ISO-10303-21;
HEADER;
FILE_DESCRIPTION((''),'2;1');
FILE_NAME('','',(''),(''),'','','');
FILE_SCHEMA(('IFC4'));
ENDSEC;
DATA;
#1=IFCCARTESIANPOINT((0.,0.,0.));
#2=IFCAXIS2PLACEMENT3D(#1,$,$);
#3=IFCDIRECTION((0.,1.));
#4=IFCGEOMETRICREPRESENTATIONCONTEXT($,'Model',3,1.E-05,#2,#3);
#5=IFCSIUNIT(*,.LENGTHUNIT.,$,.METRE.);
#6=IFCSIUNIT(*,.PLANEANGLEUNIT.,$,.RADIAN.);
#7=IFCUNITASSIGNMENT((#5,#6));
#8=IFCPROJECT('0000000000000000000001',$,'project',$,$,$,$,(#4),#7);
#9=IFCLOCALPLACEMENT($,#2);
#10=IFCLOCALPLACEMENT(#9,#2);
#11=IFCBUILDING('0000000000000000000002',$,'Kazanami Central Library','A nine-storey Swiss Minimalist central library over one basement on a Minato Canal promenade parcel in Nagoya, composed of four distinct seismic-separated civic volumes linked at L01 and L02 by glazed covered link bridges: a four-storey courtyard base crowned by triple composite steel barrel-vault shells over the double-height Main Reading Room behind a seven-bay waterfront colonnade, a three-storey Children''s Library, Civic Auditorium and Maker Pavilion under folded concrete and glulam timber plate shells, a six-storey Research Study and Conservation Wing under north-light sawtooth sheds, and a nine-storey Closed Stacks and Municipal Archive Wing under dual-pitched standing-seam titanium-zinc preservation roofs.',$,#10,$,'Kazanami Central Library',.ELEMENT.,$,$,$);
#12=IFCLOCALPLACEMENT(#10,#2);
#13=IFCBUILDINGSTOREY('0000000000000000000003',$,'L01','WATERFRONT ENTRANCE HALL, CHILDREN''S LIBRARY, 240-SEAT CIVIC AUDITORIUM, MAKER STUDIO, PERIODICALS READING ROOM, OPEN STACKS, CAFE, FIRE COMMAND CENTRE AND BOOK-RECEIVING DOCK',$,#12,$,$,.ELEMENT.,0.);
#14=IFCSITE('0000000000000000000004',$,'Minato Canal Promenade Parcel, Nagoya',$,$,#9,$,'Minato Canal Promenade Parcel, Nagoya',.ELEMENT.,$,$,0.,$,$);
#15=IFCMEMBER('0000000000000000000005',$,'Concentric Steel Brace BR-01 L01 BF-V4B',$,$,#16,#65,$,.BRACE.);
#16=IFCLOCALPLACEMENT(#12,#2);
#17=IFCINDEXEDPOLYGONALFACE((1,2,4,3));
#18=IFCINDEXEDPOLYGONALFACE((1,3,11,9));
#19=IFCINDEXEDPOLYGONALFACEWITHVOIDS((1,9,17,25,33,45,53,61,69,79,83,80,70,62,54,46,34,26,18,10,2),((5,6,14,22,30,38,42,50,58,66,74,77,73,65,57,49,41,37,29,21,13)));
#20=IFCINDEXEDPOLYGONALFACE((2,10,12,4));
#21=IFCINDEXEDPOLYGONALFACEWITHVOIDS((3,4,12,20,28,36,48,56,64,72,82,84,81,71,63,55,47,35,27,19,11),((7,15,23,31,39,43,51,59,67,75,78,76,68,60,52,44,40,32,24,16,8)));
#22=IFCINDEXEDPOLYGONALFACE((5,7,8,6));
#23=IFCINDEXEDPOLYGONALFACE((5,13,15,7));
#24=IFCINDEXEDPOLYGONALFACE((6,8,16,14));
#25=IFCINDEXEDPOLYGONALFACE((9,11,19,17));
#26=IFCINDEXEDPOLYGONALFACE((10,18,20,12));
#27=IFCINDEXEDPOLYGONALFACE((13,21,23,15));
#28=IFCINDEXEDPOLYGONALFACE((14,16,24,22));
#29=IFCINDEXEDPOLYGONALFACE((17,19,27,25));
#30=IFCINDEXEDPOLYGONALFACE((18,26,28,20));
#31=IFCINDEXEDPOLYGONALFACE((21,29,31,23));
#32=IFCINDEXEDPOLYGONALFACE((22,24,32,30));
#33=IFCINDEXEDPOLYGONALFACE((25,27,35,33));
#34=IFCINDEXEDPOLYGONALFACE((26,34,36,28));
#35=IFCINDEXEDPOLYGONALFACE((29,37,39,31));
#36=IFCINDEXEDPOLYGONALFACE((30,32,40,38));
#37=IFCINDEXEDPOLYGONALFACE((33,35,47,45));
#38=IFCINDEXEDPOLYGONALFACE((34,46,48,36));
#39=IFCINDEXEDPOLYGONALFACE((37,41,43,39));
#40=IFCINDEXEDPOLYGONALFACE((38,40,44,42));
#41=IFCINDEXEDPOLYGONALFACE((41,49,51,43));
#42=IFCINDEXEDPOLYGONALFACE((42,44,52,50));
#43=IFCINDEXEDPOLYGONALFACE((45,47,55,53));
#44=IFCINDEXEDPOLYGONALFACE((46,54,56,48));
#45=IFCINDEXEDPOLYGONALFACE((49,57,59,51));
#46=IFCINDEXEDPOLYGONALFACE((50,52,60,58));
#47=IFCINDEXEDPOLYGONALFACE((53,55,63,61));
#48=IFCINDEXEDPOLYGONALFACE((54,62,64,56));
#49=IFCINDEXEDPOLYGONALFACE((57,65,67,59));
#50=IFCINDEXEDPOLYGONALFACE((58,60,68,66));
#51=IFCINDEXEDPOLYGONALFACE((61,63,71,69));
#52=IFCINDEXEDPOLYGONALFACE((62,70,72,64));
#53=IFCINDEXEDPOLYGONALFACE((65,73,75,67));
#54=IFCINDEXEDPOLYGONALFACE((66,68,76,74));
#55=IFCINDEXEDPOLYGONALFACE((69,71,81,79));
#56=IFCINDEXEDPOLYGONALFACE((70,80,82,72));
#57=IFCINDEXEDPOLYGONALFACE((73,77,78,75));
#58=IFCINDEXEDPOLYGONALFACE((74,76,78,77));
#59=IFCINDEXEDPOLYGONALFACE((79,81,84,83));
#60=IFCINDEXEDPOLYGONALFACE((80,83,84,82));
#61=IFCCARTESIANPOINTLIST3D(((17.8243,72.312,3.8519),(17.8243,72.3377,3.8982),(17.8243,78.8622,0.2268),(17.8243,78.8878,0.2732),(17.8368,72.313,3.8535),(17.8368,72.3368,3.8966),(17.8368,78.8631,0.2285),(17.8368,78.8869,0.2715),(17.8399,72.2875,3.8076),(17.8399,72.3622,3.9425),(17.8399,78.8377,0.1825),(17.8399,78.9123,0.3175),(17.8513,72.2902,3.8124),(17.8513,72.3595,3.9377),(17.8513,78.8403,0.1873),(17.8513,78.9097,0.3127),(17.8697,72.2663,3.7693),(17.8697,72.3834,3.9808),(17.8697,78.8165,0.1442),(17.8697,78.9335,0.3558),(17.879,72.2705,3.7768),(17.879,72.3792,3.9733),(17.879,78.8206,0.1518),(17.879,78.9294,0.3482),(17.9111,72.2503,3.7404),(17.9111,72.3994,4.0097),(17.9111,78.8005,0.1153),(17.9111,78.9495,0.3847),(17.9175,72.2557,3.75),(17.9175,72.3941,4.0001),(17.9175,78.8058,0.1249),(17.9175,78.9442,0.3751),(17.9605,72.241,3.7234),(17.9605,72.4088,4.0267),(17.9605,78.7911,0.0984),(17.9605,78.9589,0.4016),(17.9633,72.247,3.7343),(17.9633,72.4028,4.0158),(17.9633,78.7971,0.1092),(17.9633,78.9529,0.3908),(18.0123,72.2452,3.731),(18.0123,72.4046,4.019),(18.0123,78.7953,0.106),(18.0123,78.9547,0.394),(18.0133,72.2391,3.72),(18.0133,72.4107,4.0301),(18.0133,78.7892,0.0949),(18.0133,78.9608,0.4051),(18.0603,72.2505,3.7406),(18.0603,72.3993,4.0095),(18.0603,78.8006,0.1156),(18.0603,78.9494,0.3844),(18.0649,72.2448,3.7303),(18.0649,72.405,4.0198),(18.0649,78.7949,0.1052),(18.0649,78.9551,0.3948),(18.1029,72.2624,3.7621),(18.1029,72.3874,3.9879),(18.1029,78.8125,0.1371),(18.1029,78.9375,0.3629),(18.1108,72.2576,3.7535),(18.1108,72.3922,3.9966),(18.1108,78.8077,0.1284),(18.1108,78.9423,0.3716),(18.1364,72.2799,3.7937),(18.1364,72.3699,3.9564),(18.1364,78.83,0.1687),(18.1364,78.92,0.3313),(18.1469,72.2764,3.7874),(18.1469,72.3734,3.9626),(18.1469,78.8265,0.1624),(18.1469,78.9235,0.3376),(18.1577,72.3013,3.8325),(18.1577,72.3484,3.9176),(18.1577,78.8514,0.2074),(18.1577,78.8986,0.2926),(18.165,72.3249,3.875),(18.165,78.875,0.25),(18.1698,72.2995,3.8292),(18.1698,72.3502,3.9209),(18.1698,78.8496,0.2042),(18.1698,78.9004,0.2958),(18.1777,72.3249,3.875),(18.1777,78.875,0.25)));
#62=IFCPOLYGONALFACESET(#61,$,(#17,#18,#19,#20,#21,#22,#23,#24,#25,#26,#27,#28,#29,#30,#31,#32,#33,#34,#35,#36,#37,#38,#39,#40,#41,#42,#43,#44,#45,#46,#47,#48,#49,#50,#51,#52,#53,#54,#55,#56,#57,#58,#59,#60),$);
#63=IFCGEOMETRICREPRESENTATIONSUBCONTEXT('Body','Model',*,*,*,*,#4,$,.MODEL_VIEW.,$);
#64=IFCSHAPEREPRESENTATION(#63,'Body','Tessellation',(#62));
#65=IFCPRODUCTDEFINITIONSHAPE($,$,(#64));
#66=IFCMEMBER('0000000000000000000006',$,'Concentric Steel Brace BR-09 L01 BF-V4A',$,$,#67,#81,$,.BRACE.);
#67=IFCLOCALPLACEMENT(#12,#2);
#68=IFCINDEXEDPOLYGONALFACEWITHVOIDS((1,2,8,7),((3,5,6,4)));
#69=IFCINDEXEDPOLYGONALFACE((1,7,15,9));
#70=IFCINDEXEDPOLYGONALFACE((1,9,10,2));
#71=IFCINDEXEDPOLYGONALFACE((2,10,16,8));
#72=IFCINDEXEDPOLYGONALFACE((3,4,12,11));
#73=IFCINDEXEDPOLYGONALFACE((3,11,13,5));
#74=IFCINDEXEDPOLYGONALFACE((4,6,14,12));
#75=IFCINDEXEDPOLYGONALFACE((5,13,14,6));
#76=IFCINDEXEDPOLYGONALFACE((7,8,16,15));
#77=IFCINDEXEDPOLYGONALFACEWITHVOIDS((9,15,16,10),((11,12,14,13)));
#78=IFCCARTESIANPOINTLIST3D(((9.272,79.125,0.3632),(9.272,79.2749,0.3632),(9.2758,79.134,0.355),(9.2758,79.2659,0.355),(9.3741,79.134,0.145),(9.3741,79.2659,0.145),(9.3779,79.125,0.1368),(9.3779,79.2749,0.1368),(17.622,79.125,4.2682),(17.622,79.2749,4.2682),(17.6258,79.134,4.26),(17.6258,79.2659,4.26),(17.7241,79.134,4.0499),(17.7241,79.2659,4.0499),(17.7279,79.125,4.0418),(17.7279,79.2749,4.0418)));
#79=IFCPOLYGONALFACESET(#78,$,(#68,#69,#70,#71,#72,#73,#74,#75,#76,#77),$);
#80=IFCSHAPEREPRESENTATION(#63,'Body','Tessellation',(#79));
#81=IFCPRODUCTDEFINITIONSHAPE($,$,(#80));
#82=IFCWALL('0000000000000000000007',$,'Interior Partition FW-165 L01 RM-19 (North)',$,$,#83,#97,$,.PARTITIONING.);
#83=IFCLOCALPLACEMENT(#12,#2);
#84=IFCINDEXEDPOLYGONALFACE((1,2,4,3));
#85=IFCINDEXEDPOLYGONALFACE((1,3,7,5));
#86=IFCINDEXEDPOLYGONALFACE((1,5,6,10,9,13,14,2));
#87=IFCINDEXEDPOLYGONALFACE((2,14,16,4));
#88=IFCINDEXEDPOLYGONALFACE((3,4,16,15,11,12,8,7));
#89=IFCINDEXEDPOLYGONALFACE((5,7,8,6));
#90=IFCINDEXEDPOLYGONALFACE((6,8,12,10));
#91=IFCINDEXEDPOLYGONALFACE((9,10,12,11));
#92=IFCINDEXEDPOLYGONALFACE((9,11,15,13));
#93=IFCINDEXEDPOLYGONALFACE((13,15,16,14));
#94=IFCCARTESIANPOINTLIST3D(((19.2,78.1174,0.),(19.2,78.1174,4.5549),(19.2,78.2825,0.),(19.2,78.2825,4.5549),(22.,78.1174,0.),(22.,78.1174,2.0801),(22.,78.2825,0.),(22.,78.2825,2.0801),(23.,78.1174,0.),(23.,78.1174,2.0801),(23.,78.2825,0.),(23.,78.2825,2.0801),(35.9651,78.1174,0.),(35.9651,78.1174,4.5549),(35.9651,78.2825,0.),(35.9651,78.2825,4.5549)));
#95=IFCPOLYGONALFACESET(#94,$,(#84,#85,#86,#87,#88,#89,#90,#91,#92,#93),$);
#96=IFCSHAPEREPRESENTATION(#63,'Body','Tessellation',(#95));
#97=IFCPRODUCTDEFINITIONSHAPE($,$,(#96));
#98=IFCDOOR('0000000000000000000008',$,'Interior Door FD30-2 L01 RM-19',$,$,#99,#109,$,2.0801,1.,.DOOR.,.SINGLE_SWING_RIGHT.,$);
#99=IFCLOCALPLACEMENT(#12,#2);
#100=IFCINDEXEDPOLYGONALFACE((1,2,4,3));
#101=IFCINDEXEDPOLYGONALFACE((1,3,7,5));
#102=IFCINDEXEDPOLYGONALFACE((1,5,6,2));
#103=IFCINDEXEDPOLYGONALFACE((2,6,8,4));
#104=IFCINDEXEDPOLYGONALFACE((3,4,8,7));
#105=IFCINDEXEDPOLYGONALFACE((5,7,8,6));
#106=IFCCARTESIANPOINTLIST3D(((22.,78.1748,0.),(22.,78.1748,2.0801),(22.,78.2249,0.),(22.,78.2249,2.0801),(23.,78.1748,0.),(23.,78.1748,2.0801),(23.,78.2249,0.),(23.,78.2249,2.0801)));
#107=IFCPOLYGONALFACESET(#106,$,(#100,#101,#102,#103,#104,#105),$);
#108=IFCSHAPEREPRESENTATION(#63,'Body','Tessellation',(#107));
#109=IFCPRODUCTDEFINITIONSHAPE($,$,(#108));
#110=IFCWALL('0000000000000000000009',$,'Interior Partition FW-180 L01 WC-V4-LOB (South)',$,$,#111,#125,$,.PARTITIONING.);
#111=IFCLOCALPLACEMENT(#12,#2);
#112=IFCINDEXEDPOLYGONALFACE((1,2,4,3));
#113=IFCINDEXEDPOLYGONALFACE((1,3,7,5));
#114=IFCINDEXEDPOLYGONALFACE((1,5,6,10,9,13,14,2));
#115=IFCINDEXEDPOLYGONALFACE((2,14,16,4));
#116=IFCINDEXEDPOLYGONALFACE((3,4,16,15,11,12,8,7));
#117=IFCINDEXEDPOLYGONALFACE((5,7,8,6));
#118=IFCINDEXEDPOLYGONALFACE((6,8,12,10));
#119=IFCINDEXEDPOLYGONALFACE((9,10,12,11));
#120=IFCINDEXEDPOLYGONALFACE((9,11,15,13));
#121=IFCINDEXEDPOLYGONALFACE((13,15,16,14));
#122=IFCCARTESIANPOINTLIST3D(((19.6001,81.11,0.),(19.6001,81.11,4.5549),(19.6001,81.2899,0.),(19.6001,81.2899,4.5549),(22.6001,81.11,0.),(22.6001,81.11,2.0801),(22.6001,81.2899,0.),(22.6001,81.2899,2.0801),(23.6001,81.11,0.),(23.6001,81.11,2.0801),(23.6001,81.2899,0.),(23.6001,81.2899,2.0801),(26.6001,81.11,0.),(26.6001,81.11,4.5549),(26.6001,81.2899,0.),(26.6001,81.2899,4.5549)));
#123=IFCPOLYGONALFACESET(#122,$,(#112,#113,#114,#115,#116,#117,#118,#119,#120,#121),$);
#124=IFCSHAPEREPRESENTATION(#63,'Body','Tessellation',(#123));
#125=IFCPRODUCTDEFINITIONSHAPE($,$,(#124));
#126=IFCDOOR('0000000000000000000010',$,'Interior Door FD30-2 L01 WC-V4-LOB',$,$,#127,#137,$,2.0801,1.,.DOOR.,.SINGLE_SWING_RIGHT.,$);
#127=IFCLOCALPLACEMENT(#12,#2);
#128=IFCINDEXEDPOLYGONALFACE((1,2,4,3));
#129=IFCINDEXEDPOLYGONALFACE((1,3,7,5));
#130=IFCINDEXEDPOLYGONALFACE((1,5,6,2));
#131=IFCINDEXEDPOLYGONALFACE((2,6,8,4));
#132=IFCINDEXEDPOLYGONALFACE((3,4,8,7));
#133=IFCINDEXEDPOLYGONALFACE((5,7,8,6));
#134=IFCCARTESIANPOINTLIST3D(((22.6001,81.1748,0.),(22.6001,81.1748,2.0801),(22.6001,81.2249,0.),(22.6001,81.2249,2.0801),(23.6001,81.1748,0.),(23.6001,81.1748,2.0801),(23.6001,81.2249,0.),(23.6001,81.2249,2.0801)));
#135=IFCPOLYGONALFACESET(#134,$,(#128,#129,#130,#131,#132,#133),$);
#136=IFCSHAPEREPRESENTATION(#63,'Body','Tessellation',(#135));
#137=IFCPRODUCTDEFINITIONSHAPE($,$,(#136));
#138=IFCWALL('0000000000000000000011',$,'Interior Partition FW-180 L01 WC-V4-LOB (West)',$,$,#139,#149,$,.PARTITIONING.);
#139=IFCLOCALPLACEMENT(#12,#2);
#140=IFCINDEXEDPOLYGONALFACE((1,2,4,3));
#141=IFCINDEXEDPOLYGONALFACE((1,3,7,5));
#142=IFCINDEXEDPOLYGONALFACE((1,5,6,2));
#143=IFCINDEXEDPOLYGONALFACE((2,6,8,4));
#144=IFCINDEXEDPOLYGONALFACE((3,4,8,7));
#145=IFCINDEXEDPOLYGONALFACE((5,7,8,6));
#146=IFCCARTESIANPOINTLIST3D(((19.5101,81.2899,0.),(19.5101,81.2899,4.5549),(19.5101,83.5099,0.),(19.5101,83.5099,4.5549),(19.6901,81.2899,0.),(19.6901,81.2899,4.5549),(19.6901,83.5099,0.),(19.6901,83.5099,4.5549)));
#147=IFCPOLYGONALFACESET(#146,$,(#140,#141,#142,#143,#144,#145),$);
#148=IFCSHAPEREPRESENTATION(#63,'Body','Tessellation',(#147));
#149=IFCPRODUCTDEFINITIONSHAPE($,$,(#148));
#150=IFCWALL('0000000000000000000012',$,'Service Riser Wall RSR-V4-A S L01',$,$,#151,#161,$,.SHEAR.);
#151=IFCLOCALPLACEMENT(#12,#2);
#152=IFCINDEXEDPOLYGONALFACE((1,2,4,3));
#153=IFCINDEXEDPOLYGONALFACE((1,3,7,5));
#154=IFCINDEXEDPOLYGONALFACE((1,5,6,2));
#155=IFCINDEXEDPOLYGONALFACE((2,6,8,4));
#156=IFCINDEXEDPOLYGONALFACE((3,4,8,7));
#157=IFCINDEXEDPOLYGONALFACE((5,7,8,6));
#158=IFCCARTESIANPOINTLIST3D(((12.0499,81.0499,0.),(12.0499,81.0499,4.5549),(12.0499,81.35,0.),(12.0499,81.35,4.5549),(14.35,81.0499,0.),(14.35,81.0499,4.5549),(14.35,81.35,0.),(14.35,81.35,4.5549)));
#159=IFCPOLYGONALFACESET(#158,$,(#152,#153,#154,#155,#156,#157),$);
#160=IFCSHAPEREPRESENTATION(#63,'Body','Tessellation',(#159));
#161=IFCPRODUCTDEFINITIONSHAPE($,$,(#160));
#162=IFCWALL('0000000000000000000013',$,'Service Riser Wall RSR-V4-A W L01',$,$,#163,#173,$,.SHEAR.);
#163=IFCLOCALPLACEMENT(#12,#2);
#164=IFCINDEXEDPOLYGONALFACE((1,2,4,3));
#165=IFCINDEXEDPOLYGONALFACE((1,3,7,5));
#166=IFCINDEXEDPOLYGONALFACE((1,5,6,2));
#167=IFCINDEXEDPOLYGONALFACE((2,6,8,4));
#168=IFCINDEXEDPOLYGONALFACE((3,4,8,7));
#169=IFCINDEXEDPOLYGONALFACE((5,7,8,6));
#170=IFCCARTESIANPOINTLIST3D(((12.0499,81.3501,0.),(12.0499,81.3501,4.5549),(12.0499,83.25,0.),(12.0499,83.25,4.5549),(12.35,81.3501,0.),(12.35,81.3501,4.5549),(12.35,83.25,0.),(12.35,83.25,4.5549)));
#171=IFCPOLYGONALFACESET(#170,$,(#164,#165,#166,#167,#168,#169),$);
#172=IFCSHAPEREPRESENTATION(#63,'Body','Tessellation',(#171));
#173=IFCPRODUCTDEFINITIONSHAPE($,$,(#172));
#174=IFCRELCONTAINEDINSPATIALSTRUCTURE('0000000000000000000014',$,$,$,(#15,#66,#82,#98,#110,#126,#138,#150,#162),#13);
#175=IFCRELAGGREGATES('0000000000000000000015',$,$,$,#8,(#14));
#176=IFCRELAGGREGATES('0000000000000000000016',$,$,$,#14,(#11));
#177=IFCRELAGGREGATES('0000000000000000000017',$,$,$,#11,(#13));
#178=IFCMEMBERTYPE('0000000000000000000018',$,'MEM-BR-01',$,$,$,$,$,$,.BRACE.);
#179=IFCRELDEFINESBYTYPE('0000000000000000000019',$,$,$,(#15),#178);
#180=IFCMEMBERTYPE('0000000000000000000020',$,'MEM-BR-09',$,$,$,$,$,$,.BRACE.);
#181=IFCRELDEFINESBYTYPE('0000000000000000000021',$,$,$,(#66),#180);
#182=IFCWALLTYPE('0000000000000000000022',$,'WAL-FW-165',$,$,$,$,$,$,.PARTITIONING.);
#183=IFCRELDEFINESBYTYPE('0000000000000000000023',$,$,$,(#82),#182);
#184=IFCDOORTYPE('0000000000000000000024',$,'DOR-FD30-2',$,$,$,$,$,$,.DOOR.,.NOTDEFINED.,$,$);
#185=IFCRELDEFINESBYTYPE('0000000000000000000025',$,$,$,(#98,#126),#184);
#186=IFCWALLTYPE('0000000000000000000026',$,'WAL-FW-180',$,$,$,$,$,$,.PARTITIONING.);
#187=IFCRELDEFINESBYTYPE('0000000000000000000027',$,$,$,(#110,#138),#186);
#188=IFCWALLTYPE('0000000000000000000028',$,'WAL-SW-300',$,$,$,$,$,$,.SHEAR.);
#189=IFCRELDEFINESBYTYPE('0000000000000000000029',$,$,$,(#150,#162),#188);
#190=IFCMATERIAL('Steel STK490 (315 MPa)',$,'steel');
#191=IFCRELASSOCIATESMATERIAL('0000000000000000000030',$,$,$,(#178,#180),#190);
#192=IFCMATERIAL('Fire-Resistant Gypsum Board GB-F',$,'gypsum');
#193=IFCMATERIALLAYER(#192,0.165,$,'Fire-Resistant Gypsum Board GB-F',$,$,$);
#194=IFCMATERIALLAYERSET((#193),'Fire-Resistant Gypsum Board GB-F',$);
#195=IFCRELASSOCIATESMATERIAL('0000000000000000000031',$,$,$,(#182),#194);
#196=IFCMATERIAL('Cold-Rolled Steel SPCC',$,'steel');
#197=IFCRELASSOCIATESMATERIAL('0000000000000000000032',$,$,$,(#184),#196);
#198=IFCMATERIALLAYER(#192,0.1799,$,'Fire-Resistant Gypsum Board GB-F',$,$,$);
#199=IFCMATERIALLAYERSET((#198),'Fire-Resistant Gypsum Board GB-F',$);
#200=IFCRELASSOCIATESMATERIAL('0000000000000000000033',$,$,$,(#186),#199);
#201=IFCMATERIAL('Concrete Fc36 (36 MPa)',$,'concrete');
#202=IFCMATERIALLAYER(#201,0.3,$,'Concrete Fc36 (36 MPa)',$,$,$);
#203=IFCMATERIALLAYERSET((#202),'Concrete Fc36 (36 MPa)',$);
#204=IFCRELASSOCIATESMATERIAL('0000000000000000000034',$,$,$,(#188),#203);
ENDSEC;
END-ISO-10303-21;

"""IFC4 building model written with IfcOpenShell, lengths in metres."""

from ifc_helpers import new_model, si_unit, direction, frame, frame_2d, origin, origin_2d, place, context, subcontext, project, spatial, rectangle, hollow_rectangle, hollow_circle, extrude, material, layer, layer_set, material_profile, profile_set, type_object, element, fill, save


model = new_model("IFC4")

# Units and contexts
model_context = context("Model", 3, precision=1e-05, world=origin(), true_north=direction((0.0, 1.0)))
body_context = subcontext(model_context, "Body", "Model", "MODEL_VIEW")
ifc_project = project(units=[si_unit("LENGTHUNIT", "METRE"), si_unit("PLANEANGLEUNIT", "RADIAN")], contexts=[model_context])

# Site, building, storey
site_placement = place(None, origin())
site = spatial("IfcSite", under=ifc_project, at=site_placement, Name="Minato Canal Promenade Parcel, Nagoya", LongName="Minato Canal Promenade Parcel, Nagoya", CompositionType="ELEMENT", RefElevation=0.0)
building_placement = place(site_placement, origin())
building = spatial("IfcBuilding", under=site, at=building_placement, Name="Kazanami Central Library", Description="A nine-storey Swiss Minimalist central library over one basement on a Minato Canal promenade parcel in Nagoya, composed of four distinct seismic-separated civic volumes linked at L01 and L02 by glazed covered link bridges: a four-storey courtyard base crowned by triple composite steel barrel-vault shells over the double-height Main Reading Room behind a seven-bay waterfront colonnade, a three-storey Children's Library, Civic Auditorium and Maker Pavilion under folded concrete and glulam timber plate shells, a six-storey Research Study and Conservation Wing under north-light sawtooth sheds, and a nine-storey Closed Stacks and Municipal Archive Wing under dual-pitched standing-seam titanium-zinc preservation roofs.", LongName="Kazanami Central Library", CompositionType="ELEMENT")
storey_placement = place(building_placement, origin())
storey = spatial("IfcBuildingStorey", under=building, at=storey_placement, Name="L01", Description="WATERFRONT ENTRANCE HALL, CHILDREN'S LIBRARY, 240-SEAT CIVIC AUDITORIUM, MAKER STUDIO, PERIODICALS READING ROOM, OPEN STACKS, CAFE, FIRE COMMAND CENTRE AND BOOK-RECEIVING DOCK", CompositionType="ELEMENT", Elevation=0.0)

# Members
ifc_material_1 = material(Name="Steel STK490 (315 MPa)", Category="steel")
ifc_material_profile_1 = material_profile(ifc_material_1, hollow_circle(Radius=0.1777, WallThickness=0.0127, at=origin_2d()), Name="CHS-355.6x12.7")
ifc_profile_set_1 = profile_set([ifc_material_profile_1], Name="Steel STK490 (315 MPa)")
member_type_1 = type_object("IfcMemberType", Name="MEM-BR-01", PredefinedType="BRACE", material=ifc_profile_set_1)
member_1_placement = place(storey_placement, frame((18.0, 78.875, 0.25), z_axis=(0.0, -0.874945, 0.484222), x_axis=(1.0, 0.0, 0.0)))
element("IfcMember", 1, at=member_1_placement, inside=storey, type_object=member_type_1, Name="Concentric Steel Brace BR-01 L01 BF-V4B", PredefinedType="BRACE", context=body_context, shape_type="SweptSolid", body=[
    extrude(hollow_circle(Radius=0.1777, WallThickness=0.0127, at=origin_2d()), origin(), (0.0, 0.0, 1.0), 7.4863),
])
ifc_material_profile_2 = material_profile(ifc_material_1, hollow_rectangle(XDim=0.1499, YDim=0.25, WallThickness=0.009, at=origin_2d()), Name="STKR-250x150x9")
ifc_profile_set_2 = profile_set([ifc_material_profile_2], Name="Steel STK490 (315 MPa)")
member_type_2 = type_object("IfcMemberType", Name="MEM-BR-09", PredefinedType="BRACE", material=ifc_profile_set_2)
member_2_placement = place(storey_placement, frame((9.325, 79.2, 0.25), z_axis=(0.905837, 0.0, 0.423626), x_axis=(0.0, 1.0, 0.0)))
element("IfcMember", 2, at=member_2_placement, inside=storey, type_object=member_type_2, Name="Concentric Steel Brace BR-09 L01 BF-V4A", PredefinedType="BRACE", context=body_context, shape_type="SweptSolid", body=[
    extrude(hollow_rectangle(XDim=0.1499, YDim=0.25, WallThickness=0.009, at=origin_2d()), origin(), (0.0, 0.0, 1.0), 9.218),
])

# Walls, openings, doors
ifc_material_2 = material(Name="Fire-Resistant Gypsum Board GB-F", Category="gypsum")
ifc_layer_1 = layer(ifc_material_2, 0.165, Name="Fire-Resistant Gypsum Board GB-F")
ifc_layer_set_1 = layer_set([ifc_layer_1], Name="Fire-Resistant Gypsum Board GB-F")
wall_type_1 = type_object("IfcWallType", Name="WAL-FW-165", PredefinedType="PARTITIONING", material=ifc_layer_set_1)
wall_1_placement = place(storey_placement, frame((19.2, 78.2, 0.0), z_axis=(0.0, 0.0, 1.0), x_axis=(1.0, 0.0, 0.0)))
wall_1 = element("IfcWall", 3, at=wall_1_placement, inside=storey, type_object=wall_type_1, Name="Interior Partition FW-165 L01 RM-19 (North)", PredefinedType="PARTITIONING", context=body_context, shape_type="SweptSolid", body=[
    extrude(rectangle(XDim=16.7651, YDim=0.165, at=frame_2d((8.3826, 0.0))), origin(), (0.0, 0.0, 1.0), 4.5549),
])
opening_1_placement = place(wall_1_placement, frame((2.8, 0.0, 0.0)))
opening_1 = element("IfcOpeningElement", 4, at=opening_1_placement, cuts=wall_1, PredefinedType="OPENING", context=body_context, shape_type="SweptSolid", body=[
    extrude(rectangle(XDim=1.0, YDim=2.0801, at=frame_2d((0.5, 1.04))), frame((0.0, 0.0945, 0.0), z_axis=(0.0, -1.0, 0.0), x_axis=(1.0, 0.0, 0.0)), (0.0, 0.0, 1.0), 0.189),
])
ifc_material_3 = material(Name="Cold-Rolled Steel SPCC", Category="steel")
door_type_1 = type_object("IfcDoorType", Name="DOR-FD30-2", OperationType="NOTDEFINED", PredefinedType="DOOR", material=ifc_material_3)
door_1_placement = place(opening_1_placement, origin())
door_1 = element("IfcDoor", 5, at=door_1_placement, inside=storey, type_object=door_type_1, Name="Interior Door FD30-2 L01 RM-19", OperationType="SINGLE_SWING_RIGHT", OverallHeight=2.0801, OverallWidth=1.0, PredefinedType="DOOR", context=body_context, shape_type="SweptSolid", body=[
    extrude(rectangle(XDim=1.0, YDim=2.0801, at=frame_2d((0.5, 1.04))), frame((0.0, 0.0249, 0.0), z_axis=(0.0, -1.0, 0.0), x_axis=(1.0, 0.0, 0.0)), (0.0, 0.0, 1.0), 0.05),
])
fill(opening_1, door_1)
ifc_layer_2 = layer(ifc_material_2, 0.1799, Name="Fire-Resistant Gypsum Board GB-F")
ifc_layer_set_2 = layer_set([ifc_layer_2], Name="Fire-Resistant Gypsum Board GB-F")
wall_type_2 = type_object("IfcWallType", Name="WAL-FW-180", PredefinedType="PARTITIONING", material=ifc_layer_set_2)
wall_2_placement = place(storey_placement, frame((19.6001, 81.2, 0.0), z_axis=(0.0, 0.0, 1.0), x_axis=(1.0, 0.0, 0.0)))
wall_2 = element("IfcWall", 6, at=wall_2_placement, inside=storey, type_object=wall_type_2, Name="Interior Partition FW-180 L01 WC-V4-LOB (South)", PredefinedType="PARTITIONING", context=body_context, shape_type="SweptSolid", body=[
    extrude(rectangle(XDim=7.0, YDim=0.1799, at=frame_2d((3.5, 0.0))), origin(), (0.0, 0.0, 1.0), 4.5549),
])
opening_2_placement = place(wall_2_placement, frame((3.0, 0.0, 0.0)))
opening_2 = element("IfcOpeningElement", 7, at=opening_2_placement, cuts=wall_2, PredefinedType="OPENING", context=body_context, shape_type="SweptSolid", body=[
    extrude(rectangle(XDim=1.0, YDim=2.0801, at=frame_2d((0.5, 1.04))), frame((0.0, 0.1021, 0.0), z_axis=(0.0, -1.0, 0.0), x_axis=(1.0, 0.0, 0.0)), (0.0, 0.0, 1.0), 0.2039),
])
door_2_placement = place(opening_2_placement, origin())
door_2 = element("IfcDoor", 8, at=door_2_placement, inside=storey, type_object=door_type_1, Name="Interior Door FD30-2 L01 WC-V4-LOB", OperationType="SINGLE_SWING_RIGHT", OverallHeight=2.0801, OverallWidth=1.0, PredefinedType="DOOR", context=body_context, shape_type="SweptSolid", body=[
    extrude(rectangle(XDim=1.0, YDim=2.0801, at=frame_2d((0.5, 1.04))), frame((0.0, 0.0249, 0.0), z_axis=(0.0, -1.0, 0.0), x_axis=(1.0, 0.0, 0.0)), (0.0, 0.0, 1.0), 0.05),
])
fill(opening_2, door_2)

# Walls
wall_3_placement = place(storey_placement, frame((19.6001, 81.29, 0.0), z_axis=(0.0, 0.0, 1.0), x_axis=(0.0, 1.0, 0.0)))
element("IfcWall", 9, at=wall_3_placement, inside=storey, type_object=wall_type_2, Name="Interior Partition FW-180 L01 WC-V4-LOB (West)", PredefinedType="PARTITIONING", context=body_context, shape_type="SweptSolid", body=[
    extrude(rectangle(XDim=2.22, YDim=0.1799, at=frame_2d((1.1099, 0.0))), origin(), (0.0, 0.0, 1.0), 4.5549),
])
ifc_material_4 = material(Name="Concrete Fc36 (36 MPa)", Category="concrete")
ifc_layer_3 = layer(ifc_material_4, 0.3, Name="Concrete Fc36 (36 MPa)")
ifc_layer_set_3 = layer_set([ifc_layer_3], Name="Concrete Fc36 (36 MPa)")
wall_type_3 = type_object("IfcWallType", Name="WAL-SW-300", PredefinedType="SHEAR", material=ifc_layer_set_3)
wall_4_placement = place(storey_placement, frame((12.05, 81.2, 0.0), z_axis=(0.0, 0.0, 1.0), x_axis=(1.0, 0.0, 0.0)))
element("IfcWall", 10, at=wall_4_placement, inside=storey, type_object=wall_type_3, Name="Service Riser Wall RSR-V4-A S L01", PredefinedType="SHEAR", context=body_context, shape_type="SweptSolid", body=[
    extrude(rectangle(XDim=2.3, YDim=0.3, at=frame_2d((1.1499, 0.0))), origin(), (0.0, 0.0, 1.0), 4.5549),
])
for number, where, z_axis, x_axis, name in (
    (11, (12.2, 81.3501, 0.0), (0.0, 0.0, 1.0), (0.0, 1.0, 0.0), "Service Riser Wall RSR-V4-A W L01"),
):
    element("IfcWall", number, at=place(storey_placement, frame(where, z_axis=z_axis, x_axis=x_axis)), inside=storey, type_object=wall_type_3, Name=name, PredefinedType="SHEAR", context=body_context, shape_type="SweptSolid", body=[
        extrude(rectangle(XDim=1.8999, YDim=0.3, at=frame_2d((0.95, 0.0))), origin(), (0.0, 0.0, 1.0), 4.5549),
    ])

save(model, "model.ifc")
